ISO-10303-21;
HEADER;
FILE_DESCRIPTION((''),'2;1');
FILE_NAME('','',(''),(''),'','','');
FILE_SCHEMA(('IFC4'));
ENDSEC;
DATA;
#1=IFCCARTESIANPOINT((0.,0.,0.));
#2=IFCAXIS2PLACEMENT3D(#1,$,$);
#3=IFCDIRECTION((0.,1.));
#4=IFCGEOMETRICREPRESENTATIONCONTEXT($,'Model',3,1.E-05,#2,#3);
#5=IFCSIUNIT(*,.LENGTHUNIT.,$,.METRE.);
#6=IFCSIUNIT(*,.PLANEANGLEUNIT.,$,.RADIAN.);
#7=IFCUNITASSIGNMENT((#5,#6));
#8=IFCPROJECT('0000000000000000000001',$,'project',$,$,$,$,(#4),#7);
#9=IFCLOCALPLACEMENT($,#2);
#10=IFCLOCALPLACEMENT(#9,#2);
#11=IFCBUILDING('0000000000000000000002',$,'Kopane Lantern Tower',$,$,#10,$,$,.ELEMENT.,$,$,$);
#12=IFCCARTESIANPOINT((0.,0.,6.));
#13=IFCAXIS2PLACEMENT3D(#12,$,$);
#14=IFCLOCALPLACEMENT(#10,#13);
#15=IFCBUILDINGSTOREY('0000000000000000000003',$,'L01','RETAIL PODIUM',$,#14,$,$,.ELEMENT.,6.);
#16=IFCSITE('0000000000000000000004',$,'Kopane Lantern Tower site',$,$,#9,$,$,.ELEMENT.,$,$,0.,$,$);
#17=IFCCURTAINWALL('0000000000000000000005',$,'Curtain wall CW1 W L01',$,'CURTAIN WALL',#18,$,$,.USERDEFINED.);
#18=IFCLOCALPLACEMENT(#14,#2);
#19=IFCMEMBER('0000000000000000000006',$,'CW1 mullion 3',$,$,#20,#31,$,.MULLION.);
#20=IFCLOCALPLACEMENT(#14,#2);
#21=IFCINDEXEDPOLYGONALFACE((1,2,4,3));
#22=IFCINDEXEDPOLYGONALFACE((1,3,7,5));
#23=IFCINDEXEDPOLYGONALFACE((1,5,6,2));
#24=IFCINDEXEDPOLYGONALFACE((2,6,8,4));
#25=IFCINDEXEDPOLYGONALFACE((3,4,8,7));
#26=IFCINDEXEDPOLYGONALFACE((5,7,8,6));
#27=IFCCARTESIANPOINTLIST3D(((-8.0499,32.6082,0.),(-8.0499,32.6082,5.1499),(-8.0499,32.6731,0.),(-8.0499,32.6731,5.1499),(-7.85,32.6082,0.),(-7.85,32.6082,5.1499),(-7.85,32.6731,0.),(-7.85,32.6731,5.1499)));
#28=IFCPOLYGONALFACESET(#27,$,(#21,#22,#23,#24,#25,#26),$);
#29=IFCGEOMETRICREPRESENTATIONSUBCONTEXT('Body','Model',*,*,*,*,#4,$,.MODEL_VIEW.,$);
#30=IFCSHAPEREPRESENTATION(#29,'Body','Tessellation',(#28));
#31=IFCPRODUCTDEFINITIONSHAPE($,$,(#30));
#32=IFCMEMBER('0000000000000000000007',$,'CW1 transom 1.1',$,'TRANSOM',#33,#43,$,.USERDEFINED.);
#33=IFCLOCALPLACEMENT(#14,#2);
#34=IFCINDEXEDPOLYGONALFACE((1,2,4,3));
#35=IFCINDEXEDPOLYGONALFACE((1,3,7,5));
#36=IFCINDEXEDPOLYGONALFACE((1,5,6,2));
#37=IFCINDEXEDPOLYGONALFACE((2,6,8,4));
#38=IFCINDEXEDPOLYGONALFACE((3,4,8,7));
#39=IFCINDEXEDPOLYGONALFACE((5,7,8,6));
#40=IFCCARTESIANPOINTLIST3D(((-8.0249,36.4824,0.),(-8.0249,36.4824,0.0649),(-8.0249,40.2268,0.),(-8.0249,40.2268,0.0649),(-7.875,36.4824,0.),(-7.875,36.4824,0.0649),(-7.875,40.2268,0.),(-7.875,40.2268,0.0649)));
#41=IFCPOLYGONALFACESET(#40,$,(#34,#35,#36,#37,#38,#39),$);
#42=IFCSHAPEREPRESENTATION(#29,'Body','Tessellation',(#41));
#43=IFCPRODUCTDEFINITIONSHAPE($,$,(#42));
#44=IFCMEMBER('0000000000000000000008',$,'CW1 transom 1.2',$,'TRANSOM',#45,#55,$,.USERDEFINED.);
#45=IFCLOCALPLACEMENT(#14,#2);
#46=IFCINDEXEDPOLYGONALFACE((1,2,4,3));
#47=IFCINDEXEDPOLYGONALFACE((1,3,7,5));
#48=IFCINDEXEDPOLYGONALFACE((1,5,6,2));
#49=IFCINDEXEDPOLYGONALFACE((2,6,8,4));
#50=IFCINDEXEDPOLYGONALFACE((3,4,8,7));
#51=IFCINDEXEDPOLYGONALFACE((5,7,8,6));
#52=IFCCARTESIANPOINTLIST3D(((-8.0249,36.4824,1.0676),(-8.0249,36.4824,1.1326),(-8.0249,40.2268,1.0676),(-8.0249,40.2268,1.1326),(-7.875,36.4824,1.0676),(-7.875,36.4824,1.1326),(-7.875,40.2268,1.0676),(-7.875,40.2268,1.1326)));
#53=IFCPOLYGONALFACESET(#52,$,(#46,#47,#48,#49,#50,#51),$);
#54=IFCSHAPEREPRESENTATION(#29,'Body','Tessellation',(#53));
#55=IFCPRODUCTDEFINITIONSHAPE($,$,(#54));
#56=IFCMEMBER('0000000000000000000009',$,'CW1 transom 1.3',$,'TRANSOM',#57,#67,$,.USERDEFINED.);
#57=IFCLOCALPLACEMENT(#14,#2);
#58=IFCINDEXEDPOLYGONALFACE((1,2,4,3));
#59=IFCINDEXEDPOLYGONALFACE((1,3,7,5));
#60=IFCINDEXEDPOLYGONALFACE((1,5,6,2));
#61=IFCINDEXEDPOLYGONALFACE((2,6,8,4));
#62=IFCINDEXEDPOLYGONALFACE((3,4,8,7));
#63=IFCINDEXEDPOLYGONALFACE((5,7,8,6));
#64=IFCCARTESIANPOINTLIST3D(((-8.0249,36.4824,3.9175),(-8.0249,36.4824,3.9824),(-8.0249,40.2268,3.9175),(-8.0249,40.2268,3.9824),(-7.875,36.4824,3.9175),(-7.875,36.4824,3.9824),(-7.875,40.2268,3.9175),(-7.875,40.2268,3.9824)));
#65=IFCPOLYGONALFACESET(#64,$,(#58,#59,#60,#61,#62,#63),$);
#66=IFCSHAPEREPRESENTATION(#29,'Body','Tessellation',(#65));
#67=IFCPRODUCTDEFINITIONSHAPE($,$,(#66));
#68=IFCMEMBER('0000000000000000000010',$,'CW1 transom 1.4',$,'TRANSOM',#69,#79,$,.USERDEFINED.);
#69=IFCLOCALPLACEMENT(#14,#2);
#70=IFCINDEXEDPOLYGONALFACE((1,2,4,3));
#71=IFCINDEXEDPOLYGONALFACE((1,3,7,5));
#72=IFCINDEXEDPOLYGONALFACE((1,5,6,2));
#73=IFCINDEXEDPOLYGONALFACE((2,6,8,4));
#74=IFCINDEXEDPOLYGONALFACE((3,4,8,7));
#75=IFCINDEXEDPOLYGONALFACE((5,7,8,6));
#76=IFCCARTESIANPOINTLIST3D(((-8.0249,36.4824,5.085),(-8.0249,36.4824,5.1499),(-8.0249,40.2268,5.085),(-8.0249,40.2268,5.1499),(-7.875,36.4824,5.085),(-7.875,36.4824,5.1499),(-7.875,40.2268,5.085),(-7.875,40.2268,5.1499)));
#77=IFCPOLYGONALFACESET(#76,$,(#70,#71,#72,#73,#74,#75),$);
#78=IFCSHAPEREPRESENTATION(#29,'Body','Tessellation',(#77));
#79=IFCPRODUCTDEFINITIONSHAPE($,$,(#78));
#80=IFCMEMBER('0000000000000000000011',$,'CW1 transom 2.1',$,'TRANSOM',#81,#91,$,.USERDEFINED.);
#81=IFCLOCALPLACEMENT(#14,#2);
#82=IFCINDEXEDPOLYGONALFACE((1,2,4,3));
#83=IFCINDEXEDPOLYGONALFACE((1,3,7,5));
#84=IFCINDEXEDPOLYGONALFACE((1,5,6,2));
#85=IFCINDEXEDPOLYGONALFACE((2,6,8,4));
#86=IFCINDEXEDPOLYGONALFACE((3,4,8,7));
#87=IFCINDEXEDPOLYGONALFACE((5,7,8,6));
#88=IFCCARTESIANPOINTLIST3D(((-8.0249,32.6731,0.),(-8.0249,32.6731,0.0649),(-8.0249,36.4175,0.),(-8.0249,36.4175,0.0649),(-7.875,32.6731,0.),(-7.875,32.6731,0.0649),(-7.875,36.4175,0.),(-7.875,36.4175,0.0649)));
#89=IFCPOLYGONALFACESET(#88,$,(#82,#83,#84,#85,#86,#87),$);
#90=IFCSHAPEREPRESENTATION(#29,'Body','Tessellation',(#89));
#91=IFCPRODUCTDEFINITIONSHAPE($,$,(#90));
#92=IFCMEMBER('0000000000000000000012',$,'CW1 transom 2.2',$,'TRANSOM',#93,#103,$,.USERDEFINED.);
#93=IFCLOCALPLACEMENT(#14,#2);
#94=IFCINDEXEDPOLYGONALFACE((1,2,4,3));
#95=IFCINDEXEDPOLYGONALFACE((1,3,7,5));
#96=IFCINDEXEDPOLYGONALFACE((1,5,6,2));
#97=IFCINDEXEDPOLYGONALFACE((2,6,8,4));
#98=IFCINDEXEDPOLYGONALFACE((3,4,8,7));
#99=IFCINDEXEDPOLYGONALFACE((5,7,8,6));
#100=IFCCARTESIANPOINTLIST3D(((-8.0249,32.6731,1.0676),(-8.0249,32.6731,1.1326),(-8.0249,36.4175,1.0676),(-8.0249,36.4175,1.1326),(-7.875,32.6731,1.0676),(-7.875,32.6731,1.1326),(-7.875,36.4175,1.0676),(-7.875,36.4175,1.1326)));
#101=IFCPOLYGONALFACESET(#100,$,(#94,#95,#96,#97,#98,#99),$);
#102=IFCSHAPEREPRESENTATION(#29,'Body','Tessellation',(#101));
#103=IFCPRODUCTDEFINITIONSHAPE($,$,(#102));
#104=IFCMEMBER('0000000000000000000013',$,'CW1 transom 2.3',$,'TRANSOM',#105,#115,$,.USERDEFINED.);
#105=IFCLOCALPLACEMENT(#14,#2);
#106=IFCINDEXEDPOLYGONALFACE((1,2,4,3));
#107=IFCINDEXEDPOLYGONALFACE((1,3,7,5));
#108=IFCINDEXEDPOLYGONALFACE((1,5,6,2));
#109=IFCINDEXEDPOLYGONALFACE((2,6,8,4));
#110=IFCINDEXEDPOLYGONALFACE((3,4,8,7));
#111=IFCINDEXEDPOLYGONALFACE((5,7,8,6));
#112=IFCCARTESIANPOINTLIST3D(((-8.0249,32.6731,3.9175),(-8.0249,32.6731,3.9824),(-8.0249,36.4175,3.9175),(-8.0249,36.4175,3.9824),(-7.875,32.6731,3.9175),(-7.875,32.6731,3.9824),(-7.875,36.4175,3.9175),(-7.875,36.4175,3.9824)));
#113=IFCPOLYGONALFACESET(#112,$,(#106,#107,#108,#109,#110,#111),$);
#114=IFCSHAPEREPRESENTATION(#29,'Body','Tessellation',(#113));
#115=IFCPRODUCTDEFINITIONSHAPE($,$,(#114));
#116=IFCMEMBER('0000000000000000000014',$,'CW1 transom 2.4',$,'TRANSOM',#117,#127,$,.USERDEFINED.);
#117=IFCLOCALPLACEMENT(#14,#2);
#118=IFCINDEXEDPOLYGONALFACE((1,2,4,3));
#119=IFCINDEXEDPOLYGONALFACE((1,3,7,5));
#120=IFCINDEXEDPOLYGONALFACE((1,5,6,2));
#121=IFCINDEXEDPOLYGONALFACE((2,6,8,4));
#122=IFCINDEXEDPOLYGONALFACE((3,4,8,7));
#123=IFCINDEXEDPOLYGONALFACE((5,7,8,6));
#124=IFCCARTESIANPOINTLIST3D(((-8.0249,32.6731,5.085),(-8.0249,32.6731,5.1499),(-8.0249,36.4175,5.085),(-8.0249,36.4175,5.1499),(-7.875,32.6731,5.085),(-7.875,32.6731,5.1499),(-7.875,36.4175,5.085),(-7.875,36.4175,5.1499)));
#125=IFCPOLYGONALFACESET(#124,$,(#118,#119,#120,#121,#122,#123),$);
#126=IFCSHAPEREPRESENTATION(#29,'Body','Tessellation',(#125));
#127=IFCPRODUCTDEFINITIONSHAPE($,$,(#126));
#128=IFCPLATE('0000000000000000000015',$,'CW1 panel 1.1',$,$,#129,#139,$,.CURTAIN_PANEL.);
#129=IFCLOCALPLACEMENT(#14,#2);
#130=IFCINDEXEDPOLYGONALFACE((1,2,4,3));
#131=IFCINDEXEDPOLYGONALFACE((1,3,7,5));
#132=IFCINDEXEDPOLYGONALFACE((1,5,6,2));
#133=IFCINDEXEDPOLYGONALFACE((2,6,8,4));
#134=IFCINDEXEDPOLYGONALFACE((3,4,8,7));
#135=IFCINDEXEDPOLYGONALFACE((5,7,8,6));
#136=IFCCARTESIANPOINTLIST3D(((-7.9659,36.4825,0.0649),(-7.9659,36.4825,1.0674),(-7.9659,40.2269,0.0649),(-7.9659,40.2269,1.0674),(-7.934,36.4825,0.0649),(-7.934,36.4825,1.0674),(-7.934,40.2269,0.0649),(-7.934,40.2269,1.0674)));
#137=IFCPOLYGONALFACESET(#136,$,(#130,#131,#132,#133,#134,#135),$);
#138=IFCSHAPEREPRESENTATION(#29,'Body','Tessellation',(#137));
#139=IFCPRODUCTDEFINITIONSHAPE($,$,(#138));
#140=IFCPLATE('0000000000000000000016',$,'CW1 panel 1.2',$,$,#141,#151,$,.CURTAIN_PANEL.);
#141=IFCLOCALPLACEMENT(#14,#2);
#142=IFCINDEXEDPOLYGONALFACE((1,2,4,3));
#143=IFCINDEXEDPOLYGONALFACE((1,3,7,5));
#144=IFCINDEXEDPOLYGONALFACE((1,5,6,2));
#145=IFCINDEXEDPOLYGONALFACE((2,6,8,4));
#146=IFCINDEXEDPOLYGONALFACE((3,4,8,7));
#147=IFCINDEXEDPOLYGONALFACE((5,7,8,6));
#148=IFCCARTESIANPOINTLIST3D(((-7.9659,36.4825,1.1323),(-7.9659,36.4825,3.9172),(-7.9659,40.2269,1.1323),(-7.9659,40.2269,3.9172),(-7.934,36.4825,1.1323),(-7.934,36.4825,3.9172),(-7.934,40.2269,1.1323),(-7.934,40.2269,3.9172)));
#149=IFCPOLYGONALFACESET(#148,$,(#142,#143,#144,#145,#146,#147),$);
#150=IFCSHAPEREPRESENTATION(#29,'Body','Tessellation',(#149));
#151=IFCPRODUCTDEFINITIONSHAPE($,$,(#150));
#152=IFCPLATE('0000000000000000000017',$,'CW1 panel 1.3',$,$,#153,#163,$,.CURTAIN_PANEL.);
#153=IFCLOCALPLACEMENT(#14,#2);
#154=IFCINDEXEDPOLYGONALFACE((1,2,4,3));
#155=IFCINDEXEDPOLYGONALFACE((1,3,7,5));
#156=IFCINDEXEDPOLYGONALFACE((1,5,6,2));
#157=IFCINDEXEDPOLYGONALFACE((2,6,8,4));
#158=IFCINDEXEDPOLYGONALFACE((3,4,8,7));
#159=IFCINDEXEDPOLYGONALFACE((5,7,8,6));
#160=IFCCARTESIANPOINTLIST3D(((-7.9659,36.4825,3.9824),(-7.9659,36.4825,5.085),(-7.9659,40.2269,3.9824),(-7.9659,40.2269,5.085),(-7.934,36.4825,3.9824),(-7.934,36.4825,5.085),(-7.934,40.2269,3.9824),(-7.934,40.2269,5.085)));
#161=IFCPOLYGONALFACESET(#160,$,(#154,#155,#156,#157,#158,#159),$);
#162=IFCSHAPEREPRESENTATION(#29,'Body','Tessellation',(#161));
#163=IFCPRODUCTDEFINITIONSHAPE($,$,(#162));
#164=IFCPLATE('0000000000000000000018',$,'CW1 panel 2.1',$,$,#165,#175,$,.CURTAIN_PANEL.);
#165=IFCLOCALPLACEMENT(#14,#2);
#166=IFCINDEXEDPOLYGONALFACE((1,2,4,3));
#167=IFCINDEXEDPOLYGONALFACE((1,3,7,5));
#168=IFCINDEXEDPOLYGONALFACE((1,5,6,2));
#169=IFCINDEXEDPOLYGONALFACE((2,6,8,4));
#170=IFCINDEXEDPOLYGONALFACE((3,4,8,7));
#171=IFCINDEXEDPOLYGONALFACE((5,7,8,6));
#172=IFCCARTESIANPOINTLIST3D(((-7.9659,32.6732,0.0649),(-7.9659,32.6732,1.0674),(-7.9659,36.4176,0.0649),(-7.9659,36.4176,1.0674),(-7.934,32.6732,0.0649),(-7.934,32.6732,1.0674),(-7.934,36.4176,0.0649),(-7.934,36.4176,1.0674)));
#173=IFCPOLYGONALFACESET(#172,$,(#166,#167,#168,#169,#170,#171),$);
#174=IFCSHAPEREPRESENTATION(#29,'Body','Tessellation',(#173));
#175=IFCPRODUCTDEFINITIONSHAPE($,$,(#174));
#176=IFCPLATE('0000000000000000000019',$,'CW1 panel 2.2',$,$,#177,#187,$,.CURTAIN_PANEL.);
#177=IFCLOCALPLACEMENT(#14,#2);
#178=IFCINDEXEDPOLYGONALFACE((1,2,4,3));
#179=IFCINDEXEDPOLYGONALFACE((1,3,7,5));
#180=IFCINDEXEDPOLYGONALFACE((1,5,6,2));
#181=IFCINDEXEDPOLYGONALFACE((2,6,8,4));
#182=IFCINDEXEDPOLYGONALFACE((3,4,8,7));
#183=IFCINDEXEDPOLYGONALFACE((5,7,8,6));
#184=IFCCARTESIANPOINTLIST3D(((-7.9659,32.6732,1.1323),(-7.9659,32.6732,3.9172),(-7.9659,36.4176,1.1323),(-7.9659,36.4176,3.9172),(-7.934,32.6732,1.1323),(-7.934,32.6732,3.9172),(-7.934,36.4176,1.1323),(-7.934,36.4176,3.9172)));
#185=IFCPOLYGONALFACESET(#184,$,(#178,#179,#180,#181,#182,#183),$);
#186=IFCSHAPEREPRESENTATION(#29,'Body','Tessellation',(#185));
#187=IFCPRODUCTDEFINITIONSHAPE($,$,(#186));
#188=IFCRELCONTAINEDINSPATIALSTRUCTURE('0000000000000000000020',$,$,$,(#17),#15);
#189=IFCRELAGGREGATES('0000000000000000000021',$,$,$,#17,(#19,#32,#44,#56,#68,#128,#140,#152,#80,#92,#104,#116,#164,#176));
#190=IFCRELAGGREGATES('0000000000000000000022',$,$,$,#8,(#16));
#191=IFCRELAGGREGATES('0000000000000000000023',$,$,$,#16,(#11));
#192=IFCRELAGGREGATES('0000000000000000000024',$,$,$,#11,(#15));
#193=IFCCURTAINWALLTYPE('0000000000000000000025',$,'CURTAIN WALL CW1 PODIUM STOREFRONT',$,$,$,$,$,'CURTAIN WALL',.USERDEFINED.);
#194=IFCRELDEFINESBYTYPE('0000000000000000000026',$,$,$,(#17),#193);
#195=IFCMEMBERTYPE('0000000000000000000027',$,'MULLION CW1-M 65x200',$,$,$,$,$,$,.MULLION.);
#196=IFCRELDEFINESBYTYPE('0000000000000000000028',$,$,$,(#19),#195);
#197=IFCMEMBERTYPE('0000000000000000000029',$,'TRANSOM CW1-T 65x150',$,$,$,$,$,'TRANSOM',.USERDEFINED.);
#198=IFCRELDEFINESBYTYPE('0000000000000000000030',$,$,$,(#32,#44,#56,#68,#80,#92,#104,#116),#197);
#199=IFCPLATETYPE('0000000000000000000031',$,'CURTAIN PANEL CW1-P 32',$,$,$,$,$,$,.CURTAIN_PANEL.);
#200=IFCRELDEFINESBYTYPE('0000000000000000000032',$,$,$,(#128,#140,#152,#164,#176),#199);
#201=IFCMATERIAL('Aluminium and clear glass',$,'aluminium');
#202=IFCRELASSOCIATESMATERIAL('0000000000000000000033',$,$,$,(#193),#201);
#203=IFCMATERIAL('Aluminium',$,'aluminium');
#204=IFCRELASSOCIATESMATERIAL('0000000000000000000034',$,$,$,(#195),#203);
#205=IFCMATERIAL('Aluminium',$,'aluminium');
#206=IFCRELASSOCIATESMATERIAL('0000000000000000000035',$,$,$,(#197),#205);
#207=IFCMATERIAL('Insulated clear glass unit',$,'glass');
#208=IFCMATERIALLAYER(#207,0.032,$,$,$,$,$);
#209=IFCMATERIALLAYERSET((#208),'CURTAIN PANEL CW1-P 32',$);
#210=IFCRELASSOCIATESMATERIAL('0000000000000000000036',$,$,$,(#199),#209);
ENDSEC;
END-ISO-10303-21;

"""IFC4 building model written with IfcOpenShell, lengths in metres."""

from ifc_helpers import new_model, si_unit, direction, frame, origin, origin_2d, place, context, subcontext, project, spatial, rectangle, extrude, material, layer, layer_set, material_profile, profile_set, type_object, element, aggregate, save


model = new_model("IFC4")

# Units and contexts
model_context = context("Model", 3, precision=1e-05, world=origin(), true_north=direction((0.0, 1.0)))
body_context = subcontext(model_context, "Body", "Model", "MODEL_VIEW")
ifc_project = project(units=[si_unit("LENGTHUNIT", "METRE"), si_unit("PLANEANGLEUNIT", "RADIAN")], contexts=[model_context])

# Site, building, storey
site_placement = place(None, origin())
site = spatial("IfcSite", under=ifc_project, at=site_placement, Name="Kopane Lantern Tower site", CompositionType="ELEMENT", RefElevation=0.0)
building_placement = place(site_placement, origin())
building = spatial("IfcBuilding", under=site, at=building_placement, Name="Kopane Lantern Tower", CompositionType="ELEMENT")
storey_placement = place(building_placement, frame((0.0, 0.0, 6.0)))
storey = spatial("IfcBuildingStorey", under=building, at=storey_placement, Name="L01", Description="RETAIL PODIUM", CompositionType="ELEMENT", Elevation=6.0)

# Curtain wall, members, plates
ifc_material_1 = material(Name="Aluminium and clear glass", Category="aluminium")
curtain_wall_type = type_object("IfcCurtainWallType", Name="CURTAIN WALL CW1 PODIUM STOREFRONT", ElementType="CURTAIN WALL", PredefinedType="USERDEFINED", material=ifc_material_1)
curtain_wall_placement = place(storey_placement, origin())
curtain_wall = element("IfcCurtainWall", 1, at=curtain_wall_placement, inside=storey, type_object=curtain_wall_type, Name="Curtain wall CW1 W L01", ObjectType="CURTAIN WALL", PredefinedType="USERDEFINED")
ifc_material_2 = material(Name="Aluminium", Category="aluminium")
ifc_material_profile_1 = material_profile(ifc_material_2, rectangle(XDim=0.0649, YDim=0.2, at=origin_2d()), Name="AL 65x200")
ifc_profile_set_1 = profile_set([ifc_material_profile_1], Name="Aluminium")
member_type_1 = type_object("IfcMemberType", Name="MULLION CW1-M 65x200", PredefinedType="MULLION", material=ifc_profile_set_1)
member_1_placement = place(storey_placement, frame((-7.95, 32.6406, 0.0), z_axis=(0.0, 0.0, 1.0), x_axis=(0.0, -1.0, 0.0)))
member_1 = element("IfcMember", 2, at=member_1_placement, type_object=member_type_1, Name="CW1 mullion 3", PredefinedType="MULLION", context=body_context, shape_type="SweptSolid", body=[
    extrude(rectangle(XDim=0.0649, YDim=0.2, at=origin_2d()), origin(), (0.0, 0.0, 1.0), 5.1499),
])
ifc_material_3 = material(Name="Aluminium", Category="aluminium")
ifc_material_profile_2 = material_profile(ifc_material_3, rectangle(XDim=0.1499, YDim=0.0649, at=origin_2d()), Name="AL 150x65")
ifc_profile_set_2 = profile_set([ifc_material_profile_2], Name="Aluminium")
member_type_2 = type_object("IfcMemberType", Name="TRANSOM CW1-T 65x150", ElementType="TRANSOM", PredefinedType="USERDEFINED", material=ifc_profile_set_2)
member_2_placement = place(storey_placement, frame((-7.95, 40.2268, 0.0325), z_axis=(0.0, -1.0, 0.0), x_axis=(1.0, 0.0, 0.0)))
member_2 = element("IfcMember", 3, at=member_2_placement, type_object=member_type_2, Name="CW1 transom 1.1", ObjectType="TRANSOM", PredefinedType="USERDEFINED", context=body_context, shape_type="SweptSolid", body=[
    extrude(rectangle(XDim=0.1499, YDim=0.0649, at=origin_2d()), origin(), (0.0, 0.0, 1.0), 3.7444),
])
member_3_placement = place(storey_placement, frame((-7.95, 40.2268, 1.1001), z_axis=(0.0, -1.0, 0.0), x_axis=(1.0, 0.0, 0.0)))
member_3 = element("IfcMember", 4, at=member_3_placement, type_object=member_type_2, Name="CW1 transom 1.2", ObjectType="TRANSOM", PredefinedType="USERDEFINED", context=body_context, shape_type="SweptSolid", body=[
    extrude(rectangle(XDim=0.1499, YDim=0.0649, at=origin_2d()), origin(), (0.0, 0.0, 1.0), 3.7444),
])
member_4_placement = place(storey_placement, frame((-7.95, 40.2268, 3.95), z_axis=(0.0, -1.0, 0.0), x_axis=(1.0, 0.0, 0.0)))
member_4 = element("IfcMember", 5, at=member_4_placement, type_object=member_type_2, Name="CW1 transom 1.3", ObjectType="TRANSOM", PredefinedType="USERDEFINED", context=body_context, shape_type="SweptSolid", body=[
    extrude(rectangle(XDim=0.1499, YDim=0.0649, at=origin_2d()), origin(), (0.0, 0.0, 1.0), 3.7444),
])
member_5_placement = place(storey_placement, frame((-7.95, 40.2268, 5.1174), z_axis=(0.0, -1.0, 0.0), x_axis=(1.0, 0.0, 0.0)))
member_5 = element("IfcMember", 6, at=member_5_placement, type_object=member_type_2, Name="CW1 transom 1.4", ObjectType="TRANSOM", PredefinedType="USERDEFINED", context=body_context, shape_type="SweptSolid", body=[
    extrude(rectangle(XDim=0.1499, YDim=0.0649, at=origin_2d()), origin(), (0.0, 0.0, 1.0), 3.7444),
])
member_6_placement = place(storey_placement, frame((-7.95, 36.4175, 0.0325), z_axis=(0.0, -1.0, 0.0), x_axis=(1.0, 0.0, 0.0)))
member_6 = element("IfcMember", 7, at=member_6_placement, type_object=member_type_2, Name="CW1 transom 2.1", ObjectType="TRANSOM", PredefinedType="USERDEFINED", context=body_context, shape_type="SweptSolid", body=[
    extrude(rectangle(XDim=0.1499, YDim=0.0649, at=origin_2d()), origin(), (0.0, 0.0, 1.0), 3.7444),
])
member_7_placement = place(storey_placement, frame((-7.95, 36.4175, 1.1001), z_axis=(0.0, -1.0, 0.0), x_axis=(1.0, 0.0, 0.0)))
member_7 = element("IfcMember", 8, at=member_7_placement, type_object=member_type_2, Name="CW1 transom 2.2", ObjectType="TRANSOM", PredefinedType="USERDEFINED", context=body_context, shape_type="SweptSolid", body=[
    extrude(rectangle(XDim=0.1499, YDim=0.0649, at=origin_2d()), origin(), (0.0, 0.0, 1.0), 3.7444),
])
member_8_placement = place(storey_placement, frame((-7.95, 36.4175, 3.95), z_axis=(0.0, -1.0, 0.0), x_axis=(1.0, 0.0, 0.0)))
member_8 = element("IfcMember", 9, at=member_8_placement, type_object=member_type_2, Name="CW1 transom 2.3", ObjectType="TRANSOM", PredefinedType="USERDEFINED", context=body_context, shape_type="SweptSolid", body=[
    extrude(rectangle(XDim=0.1499, YDim=0.0649, at=origin_2d()), origin(), (0.0, 0.0, 1.0), 3.7444),
])
member_9_placement = place(storey_placement, frame((-7.95, 36.4175, 5.1174), z_axis=(0.0, -1.0, 0.0), x_axis=(1.0, 0.0, 0.0)))
member_9 = element("IfcMember", 10, at=member_9_placement, type_object=member_type_2, Name="CW1 transom 2.4", ObjectType="TRANSOM", PredefinedType="USERDEFINED", context=body_context, shape_type="SweptSolid", body=[
    extrude(rectangle(XDim=0.1499, YDim=0.0649, at=origin_2d()), origin(), (0.0, 0.0, 1.0), 3.7444),
])
ifc_material_4 = material(Name="Insulated clear glass unit", Category="glass")
ifc_layer_1 = layer(ifc_material_4, 0.032)
ifc_layer_set_1 = layer_set([ifc_layer_1], Name="CURTAIN PANEL CW1-P 32")
plate_type = type_object("IfcPlateType", Name="CURTAIN PANEL CW1-P 32", PredefinedType="CURTAIN_PANEL", material=ifc_layer_set_1)
plate_1_placement = place(storey_placement, frame((-7.95, 38.3547, 0.0649), z_axis=(0.0, 0.0, 1.0), x_axis=(0.0, -1.0, 0.0)))
plate_1 = element("IfcPlate", 11, at=plate_1_placement, type_object=plate_type, Name="CW1 panel 1.1", PredefinedType="CURTAIN_PANEL", context=body_context, shape_type="SweptSolid", body=[
    extrude(rectangle(XDim=3.7444, YDim=0.032, at=origin_2d()), origin(), (0.0, 0.0, 1.0), 1.0024),
])
plate_2_placement = place(storey_placement, frame((-7.95, 38.3547, 1.1323), z_axis=(0.0, 0.0, 1.0), x_axis=(0.0, -1.0, 0.0)))
plate_2 = element("IfcPlate", 12, at=plate_2_placement, type_object=plate_type, Name="CW1 panel 1.2", PredefinedType="CURTAIN_PANEL", context=body_context, shape_type="SweptSolid", body=[
    extrude(rectangle(XDim=3.7444, YDim=0.032, at=origin_2d()), origin(), (0.0, 0.0, 1.0), 2.7849),
])
plate_3_placement = place(storey_placement, frame((-7.95, 38.3547, 3.9824), z_axis=(0.0, 0.0, 1.0), x_axis=(0.0, -1.0, 0.0)))
plate_3 = element("IfcPlate", 13, at=plate_3_placement, type_object=plate_type, Name="CW1 panel 1.3", PredefinedType="CURTAIN_PANEL", context=body_context, shape_type="SweptSolid", body=[
    extrude(rectangle(XDim=3.7444, YDim=0.032, at=origin_2d()), origin(), (0.0, 0.0, 1.0), 1.1025),
])
plate_4_placement = place(storey_placement, frame((-7.95, 34.5454, 0.0649), z_axis=(0.0, 0.0, 1.0), x_axis=(0.0, -1.0, 0.0)))
plate_4 = element("IfcPlate", 14, at=plate_4_placement, type_object=plate_type, Name="CW1 panel 2.1", PredefinedType="CURTAIN_PANEL", context=body_context, shape_type="SweptSolid", body=[
    extrude(rectangle(XDim=3.7444, YDim=0.032, at=origin_2d()), origin(), (0.0, 0.0, 1.0), 1.0024),
])
plate_5_placement = place(storey_placement, frame((-7.95, 34.5454, 1.1323), z_axis=(0.0, 0.0, 1.0), x_axis=(0.0, -1.0, 0.0)))
plate_5 = element("IfcPlate", 15, at=plate_5_placement, type_object=plate_type, Name="CW1 panel 2.2", PredefinedType="CURTAIN_PANEL", context=body_context, shape_type="SweptSolid", body=[
    extrude(rectangle(XDim=3.7444, YDim=0.032, at=origin_2d()), origin(), (0.0, 0.0, 1.0), 2.7849),
])
aggregate(curtain_wall, [member_1, member_2, member_3, member_4, member_5, plate_1, plate_2, plate_3, member_6, member_7, member_8, member_9, plate_4, plate_5])

save(model, "model.ifc")
